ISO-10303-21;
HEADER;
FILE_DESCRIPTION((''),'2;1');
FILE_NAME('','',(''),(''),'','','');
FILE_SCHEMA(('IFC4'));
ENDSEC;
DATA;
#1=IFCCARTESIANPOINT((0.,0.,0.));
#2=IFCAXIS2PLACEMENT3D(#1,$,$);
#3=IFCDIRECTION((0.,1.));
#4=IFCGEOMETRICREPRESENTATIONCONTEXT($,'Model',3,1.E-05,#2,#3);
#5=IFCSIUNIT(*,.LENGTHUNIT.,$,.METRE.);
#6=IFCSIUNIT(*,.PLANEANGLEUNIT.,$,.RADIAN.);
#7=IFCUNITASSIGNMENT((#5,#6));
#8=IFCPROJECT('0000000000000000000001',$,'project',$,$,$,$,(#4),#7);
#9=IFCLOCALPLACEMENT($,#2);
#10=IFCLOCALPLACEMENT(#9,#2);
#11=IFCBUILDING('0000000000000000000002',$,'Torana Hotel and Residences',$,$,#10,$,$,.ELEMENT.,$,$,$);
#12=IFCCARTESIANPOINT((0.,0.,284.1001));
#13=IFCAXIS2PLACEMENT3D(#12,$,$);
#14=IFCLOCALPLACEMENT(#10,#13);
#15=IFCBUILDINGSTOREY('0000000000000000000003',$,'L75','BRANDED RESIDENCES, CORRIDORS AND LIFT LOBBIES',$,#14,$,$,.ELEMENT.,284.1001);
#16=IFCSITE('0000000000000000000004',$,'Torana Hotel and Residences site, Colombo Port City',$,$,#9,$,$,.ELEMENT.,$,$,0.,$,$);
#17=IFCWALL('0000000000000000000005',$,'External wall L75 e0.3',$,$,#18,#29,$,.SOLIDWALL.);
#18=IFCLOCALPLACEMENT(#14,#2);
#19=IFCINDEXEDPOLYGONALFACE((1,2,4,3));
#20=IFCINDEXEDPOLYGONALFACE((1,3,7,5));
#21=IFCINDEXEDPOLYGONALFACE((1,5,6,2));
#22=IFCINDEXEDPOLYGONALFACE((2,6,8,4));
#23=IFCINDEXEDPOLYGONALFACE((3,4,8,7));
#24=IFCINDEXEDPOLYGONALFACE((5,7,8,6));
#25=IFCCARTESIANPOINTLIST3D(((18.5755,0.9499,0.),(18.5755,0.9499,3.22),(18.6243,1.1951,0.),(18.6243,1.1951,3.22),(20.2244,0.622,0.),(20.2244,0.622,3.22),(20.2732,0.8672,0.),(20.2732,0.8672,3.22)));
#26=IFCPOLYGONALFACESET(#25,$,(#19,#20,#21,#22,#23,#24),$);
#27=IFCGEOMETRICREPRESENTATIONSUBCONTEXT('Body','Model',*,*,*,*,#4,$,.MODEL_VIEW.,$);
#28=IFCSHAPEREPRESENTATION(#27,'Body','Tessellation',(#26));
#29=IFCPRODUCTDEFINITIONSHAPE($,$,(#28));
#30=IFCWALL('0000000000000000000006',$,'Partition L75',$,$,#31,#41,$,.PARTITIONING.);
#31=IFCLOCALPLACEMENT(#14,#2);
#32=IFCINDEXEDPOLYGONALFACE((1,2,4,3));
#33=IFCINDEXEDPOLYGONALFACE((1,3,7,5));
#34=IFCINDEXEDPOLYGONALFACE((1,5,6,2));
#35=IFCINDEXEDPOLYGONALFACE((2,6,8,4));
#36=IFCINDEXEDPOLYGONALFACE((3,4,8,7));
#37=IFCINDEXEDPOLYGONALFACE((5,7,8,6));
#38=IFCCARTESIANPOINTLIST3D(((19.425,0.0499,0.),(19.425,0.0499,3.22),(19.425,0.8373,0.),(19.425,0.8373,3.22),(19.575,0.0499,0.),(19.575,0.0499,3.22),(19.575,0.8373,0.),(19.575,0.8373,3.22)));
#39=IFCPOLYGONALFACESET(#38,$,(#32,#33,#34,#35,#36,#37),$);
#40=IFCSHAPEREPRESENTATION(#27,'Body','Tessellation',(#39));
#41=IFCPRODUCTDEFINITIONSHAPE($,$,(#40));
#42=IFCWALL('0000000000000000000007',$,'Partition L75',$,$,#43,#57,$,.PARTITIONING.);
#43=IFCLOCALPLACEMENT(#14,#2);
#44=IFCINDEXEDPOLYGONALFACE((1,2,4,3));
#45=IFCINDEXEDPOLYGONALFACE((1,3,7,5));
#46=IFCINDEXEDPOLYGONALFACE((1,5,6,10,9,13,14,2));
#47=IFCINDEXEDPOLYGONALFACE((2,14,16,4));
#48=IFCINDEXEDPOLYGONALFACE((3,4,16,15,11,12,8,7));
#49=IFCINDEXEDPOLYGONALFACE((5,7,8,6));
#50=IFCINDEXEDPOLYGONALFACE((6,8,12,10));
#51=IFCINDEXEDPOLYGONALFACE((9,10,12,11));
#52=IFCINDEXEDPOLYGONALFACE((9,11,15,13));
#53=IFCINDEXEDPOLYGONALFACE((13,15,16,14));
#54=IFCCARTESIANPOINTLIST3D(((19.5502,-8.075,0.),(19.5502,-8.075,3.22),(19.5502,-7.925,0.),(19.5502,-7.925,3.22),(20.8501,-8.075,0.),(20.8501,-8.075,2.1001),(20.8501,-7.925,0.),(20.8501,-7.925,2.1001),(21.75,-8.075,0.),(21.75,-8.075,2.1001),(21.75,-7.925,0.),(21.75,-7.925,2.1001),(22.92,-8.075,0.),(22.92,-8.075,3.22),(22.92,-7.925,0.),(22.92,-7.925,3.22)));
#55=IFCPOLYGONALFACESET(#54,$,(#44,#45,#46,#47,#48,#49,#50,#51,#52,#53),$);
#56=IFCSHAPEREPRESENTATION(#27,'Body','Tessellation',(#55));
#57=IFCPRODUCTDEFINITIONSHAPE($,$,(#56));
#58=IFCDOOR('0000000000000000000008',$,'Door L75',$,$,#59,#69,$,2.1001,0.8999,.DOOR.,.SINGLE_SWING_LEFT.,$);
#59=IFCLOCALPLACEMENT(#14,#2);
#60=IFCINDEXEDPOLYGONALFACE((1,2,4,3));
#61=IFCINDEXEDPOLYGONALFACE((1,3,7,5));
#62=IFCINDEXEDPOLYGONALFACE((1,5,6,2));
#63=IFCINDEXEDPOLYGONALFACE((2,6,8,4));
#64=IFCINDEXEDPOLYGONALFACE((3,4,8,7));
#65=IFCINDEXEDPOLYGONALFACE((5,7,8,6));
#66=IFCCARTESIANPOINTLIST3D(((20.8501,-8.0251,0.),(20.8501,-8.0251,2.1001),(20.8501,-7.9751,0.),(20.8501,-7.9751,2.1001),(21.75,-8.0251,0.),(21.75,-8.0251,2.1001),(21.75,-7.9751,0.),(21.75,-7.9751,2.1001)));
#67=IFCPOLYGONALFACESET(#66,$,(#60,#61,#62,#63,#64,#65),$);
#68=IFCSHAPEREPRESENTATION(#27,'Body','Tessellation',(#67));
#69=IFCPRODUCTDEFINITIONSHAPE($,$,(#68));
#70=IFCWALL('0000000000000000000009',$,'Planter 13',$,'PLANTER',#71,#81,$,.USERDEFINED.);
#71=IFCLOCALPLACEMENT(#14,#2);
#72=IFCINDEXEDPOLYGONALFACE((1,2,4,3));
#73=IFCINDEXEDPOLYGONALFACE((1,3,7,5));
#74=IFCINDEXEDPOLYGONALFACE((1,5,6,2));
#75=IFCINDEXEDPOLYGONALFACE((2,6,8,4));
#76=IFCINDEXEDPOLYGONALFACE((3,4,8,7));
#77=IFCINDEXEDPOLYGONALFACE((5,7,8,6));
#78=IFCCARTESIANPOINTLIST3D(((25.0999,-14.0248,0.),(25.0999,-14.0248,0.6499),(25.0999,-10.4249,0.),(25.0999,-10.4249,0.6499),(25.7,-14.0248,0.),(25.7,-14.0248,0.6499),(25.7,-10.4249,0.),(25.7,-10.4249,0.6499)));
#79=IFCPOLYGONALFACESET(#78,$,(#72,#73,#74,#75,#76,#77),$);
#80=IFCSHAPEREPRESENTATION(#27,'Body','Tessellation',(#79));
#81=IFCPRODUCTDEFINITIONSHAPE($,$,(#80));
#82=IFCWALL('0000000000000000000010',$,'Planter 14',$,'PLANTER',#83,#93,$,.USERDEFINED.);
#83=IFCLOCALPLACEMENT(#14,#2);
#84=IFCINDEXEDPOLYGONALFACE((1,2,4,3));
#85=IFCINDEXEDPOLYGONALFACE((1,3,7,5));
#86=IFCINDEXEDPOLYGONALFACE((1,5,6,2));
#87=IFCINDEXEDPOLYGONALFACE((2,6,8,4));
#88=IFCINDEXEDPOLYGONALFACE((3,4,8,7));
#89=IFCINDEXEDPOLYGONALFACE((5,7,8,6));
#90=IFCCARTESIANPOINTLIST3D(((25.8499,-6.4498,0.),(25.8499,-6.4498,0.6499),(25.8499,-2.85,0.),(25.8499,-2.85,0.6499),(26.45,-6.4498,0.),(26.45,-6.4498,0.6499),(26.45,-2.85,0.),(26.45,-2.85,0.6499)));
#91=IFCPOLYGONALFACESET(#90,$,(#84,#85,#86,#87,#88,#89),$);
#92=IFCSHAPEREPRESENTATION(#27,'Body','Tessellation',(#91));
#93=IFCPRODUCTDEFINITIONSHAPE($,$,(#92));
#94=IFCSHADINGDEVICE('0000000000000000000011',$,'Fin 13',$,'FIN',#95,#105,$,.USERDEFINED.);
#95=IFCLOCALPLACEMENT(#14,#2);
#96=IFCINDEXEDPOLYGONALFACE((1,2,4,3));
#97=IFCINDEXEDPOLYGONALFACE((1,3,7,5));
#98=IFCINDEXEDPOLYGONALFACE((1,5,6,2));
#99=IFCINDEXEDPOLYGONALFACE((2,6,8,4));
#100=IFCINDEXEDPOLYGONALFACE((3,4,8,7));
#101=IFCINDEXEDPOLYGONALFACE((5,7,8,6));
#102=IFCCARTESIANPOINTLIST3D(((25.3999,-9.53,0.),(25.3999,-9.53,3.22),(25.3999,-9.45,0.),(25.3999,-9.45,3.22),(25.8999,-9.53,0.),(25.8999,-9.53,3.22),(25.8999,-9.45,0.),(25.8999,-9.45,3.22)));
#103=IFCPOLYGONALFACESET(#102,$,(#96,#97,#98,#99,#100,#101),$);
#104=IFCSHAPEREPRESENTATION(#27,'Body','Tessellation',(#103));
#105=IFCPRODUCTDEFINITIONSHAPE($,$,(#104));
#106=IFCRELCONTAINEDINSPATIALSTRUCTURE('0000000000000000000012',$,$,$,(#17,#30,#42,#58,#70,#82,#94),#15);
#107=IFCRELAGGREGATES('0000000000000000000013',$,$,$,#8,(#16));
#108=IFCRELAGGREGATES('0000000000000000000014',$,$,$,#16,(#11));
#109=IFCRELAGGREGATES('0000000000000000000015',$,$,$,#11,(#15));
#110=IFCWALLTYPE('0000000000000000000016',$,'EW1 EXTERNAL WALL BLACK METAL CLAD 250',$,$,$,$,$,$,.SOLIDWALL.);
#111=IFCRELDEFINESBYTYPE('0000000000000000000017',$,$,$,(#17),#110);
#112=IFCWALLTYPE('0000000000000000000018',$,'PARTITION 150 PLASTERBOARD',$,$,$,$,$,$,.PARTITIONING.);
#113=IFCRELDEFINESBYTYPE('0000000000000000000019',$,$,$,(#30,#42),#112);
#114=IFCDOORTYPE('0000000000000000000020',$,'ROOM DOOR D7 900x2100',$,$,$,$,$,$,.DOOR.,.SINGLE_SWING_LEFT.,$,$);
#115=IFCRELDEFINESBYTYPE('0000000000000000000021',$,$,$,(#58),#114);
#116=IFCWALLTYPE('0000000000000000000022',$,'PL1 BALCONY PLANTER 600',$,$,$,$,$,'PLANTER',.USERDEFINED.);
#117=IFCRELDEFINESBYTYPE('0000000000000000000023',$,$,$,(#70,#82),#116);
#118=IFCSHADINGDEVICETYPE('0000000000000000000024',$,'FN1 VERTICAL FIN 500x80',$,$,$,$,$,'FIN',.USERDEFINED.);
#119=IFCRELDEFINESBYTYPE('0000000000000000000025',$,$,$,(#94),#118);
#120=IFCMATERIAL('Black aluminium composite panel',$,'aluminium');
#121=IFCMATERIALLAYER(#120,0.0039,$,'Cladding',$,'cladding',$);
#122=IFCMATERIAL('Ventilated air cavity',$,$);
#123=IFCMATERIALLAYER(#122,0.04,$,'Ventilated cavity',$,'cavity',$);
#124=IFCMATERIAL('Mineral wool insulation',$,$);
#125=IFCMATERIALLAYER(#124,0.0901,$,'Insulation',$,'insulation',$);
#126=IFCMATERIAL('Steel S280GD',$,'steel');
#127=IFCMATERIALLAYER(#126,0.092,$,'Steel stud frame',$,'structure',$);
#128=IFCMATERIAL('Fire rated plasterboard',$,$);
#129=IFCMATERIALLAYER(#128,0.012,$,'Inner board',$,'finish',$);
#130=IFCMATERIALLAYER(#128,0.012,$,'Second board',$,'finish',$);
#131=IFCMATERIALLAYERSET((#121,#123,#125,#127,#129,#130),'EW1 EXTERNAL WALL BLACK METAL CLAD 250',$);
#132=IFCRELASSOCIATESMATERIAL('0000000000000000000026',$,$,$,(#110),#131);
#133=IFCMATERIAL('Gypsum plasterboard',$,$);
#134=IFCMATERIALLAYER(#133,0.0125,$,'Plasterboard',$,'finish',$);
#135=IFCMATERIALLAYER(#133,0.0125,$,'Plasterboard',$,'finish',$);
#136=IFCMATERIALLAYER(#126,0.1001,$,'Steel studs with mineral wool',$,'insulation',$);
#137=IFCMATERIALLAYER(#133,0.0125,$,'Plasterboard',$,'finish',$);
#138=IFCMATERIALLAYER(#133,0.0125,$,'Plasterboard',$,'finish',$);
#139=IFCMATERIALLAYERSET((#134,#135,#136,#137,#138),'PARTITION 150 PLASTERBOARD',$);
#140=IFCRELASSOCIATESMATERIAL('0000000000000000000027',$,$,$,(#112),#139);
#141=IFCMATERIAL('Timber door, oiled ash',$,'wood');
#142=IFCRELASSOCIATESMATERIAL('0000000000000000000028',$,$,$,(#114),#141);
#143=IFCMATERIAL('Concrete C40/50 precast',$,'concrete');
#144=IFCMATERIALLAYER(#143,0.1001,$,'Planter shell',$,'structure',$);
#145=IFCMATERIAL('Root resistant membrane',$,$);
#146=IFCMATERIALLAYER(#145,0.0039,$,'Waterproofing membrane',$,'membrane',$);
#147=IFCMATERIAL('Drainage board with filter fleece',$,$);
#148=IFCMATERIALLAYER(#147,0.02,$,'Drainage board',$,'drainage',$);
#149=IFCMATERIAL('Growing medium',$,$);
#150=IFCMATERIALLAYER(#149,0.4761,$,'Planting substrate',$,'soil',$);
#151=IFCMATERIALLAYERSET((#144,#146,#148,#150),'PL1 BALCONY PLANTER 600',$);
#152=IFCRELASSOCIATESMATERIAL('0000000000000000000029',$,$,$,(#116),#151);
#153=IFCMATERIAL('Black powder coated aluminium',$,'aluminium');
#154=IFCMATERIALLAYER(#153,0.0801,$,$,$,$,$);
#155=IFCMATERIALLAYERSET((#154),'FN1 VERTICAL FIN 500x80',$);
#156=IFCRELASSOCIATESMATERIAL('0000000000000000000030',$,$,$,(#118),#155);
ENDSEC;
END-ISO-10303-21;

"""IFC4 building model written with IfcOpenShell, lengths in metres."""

from ifc_helpers import new_model, si_unit, direction, frame, frame_2d, origin, origin_2d, place, context, subcontext, project, spatial, rectangle, extrude, material, layer, layer_set, type_object, element, fill, save


model = new_model("IFC4")

# Units and contexts
model_context = context("Model", 3, precision=1e-05, world=origin(), true_north=direction((0.0, 1.0)))
body_context = subcontext(model_context, "Body", "Model", "MODEL_VIEW")
ifc_project = project(units=[si_unit("LENGTHUNIT", "METRE"), si_unit("PLANEANGLEUNIT", "RADIAN")], contexts=[model_context])

# Site, building, storey
site_placement = place(None, origin())
site = spatial("IfcSite", under=ifc_project, at=site_placement, Name="Torana Hotel and Residences site, Colombo Port City", CompositionType="ELEMENT", RefElevation=0.0)
building_placement = place(site_placement, origin())
building = spatial("IfcBuilding", under=site, at=building_placement, Name="Torana Hotel and Residences", CompositionType="ELEMENT")
storey_placement = place(building_placement, frame((0.0, 0.0, 284.1001)))
storey = spatial("IfcBuildingStorey", under=building, at=storey_placement, Name="L75", Description="BRANDED RESIDENCES, CORRIDORS AND LIFT LOBBIES", CompositionType="ELEMENT", Elevation=284.1001)

# Walls
ifc_material_1 = material(Name="Black aluminium composite panel", Category="aluminium")
ifc_layer_1 = layer(ifc_material_1, 0.0039, Name="Cladding", Category="cladding")
ifc_material_2 = material(Name="Ventilated air cavity")
ifc_layer_2 = layer(ifc_material_2, 0.04, Name="Ventilated cavity", Category="cavity")
ifc_material_3 = material(Name="Mineral wool insulation")
ifc_layer_3 = layer(ifc_material_3, 0.0901, Name="Insulation", Category="insulation")
ifc_material_4 = material(Name="Steel S280GD", Category="steel")
ifc_layer_4 = layer(ifc_material_4, 0.092, Name="Steel stud frame", Category="structure")
ifc_material_5 = material(Name="Fire rated plasterboard")
ifc_layer_5 = layer(ifc_material_5, 0.012, Name="Inner board", Category="finish")
ifc_layer_6 = layer(ifc_material_5, 0.012, Name="Second board", Category="finish")
ifc_layer_set_1 = layer_set([ifc_layer_1, ifc_layer_2, ifc_layer_3, ifc_layer_4, ifc_layer_5, ifc_layer_6], Name="EW1 EXTERNAL WALL BLACK METAL CLAD 250")
wall_type_1 = type_object("IfcWallType", Name="EW1 EXTERNAL WALL BLACK METAL CLAD 250", PredefinedType="SOLIDWALL", material=ifc_layer_set_1)
wall_1_placement = place(storey_placement, frame((20.2488, 0.7446, 0.0), z_axis=(0.0, 0.0, 1.0), x_axis=(-0.980798, 0.195027, 0.0)))
element("IfcWall", 1, at=wall_1_placement, inside=storey, type_object=wall_type_1, Name="External wall L75 e0.3", PredefinedType="SOLIDWALL", context=body_context, shape_type="SweptSolid", body=[
    extrude(rectangle(XDim=1.6812, YDim=0.25, at=frame_2d((0.8406, 0.0))), origin(), (0.0, 0.0, 1.0), 3.22),
])
ifc_material_6 = material(Name="Gypsum plasterboard")
ifc_layer_7 = layer(ifc_material_6, 0.0125, Name="Plasterboard", Category="finish")
ifc_layer_8 = layer(ifc_material_6, 0.0125, Name="Plasterboard", Category="finish")
ifc_layer_9 = layer(ifc_material_4, 0.1001, Name="Steel studs with mineral wool", Category="insulation")
ifc_layer_10 = layer(ifc_material_6, 0.0125, Name="Plasterboard", Category="finish")
ifc_layer_11 = layer(ifc_material_6, 0.0125, Name="Plasterboard", Category="finish")
ifc_layer_set_2 = layer_set([ifc_layer_7, ifc_layer_8, ifc_layer_9, ifc_layer_10, ifc_layer_11], Name="PARTITION 150 PLASTERBOARD")
wall_type_2 = type_object("IfcWallType", Name="PARTITION 150 PLASTERBOARD", PredefinedType="PARTITIONING", material=ifc_layer_set_2)
wall_2_placement = place(storey_placement, frame((19.5, 0.05, 0.0), z_axis=(0.0, 0.0, 1.0), x_axis=(0.0, 1.0, 0.0)))
element("IfcWall", 2, at=wall_2_placement, inside=storey, type_object=wall_type_2, Name="Partition L75", PredefinedType="PARTITIONING", context=body_context, shape_type="SweptSolid", body=[
    extrude(rectangle(XDim=0.7874, YDim=0.1499, at=frame_2d((0.3936, 0.0))), origin(), (0.0, 0.0, 1.0), 3.22),
])

# Wall, opening, door
wall_3_placement = place(storey_placement, frame((19.55, -8.0, 0.0), z_axis=(0.0, 0.0, 1.0), x_axis=(1.0, 0.0, 0.0)))
wall_3 = element("IfcWall", 3, at=wall_3_placement, inside=storey, type_object=wall_type_2, Name="Partition L75", PredefinedType="PARTITIONING", context=body_context, shape_type="SweptSolid", body=[
    extrude(rectangle(XDim=3.3699, YDim=0.1499, at=frame_2d((1.6851, 0.0))), origin(), (0.0, 0.0, 1.0), 3.22),
])
opening_placement = place(wall_3_placement, frame((1.3, 0.0, 0.0)))
opening = element("IfcOpeningElement", 4, at=opening_placement, cuts=wall_3, PredefinedType="OPENING", context=body_context, shape_type="SweptSolid", body=[
    extrude(rectangle(XDim=0.8999, YDim=2.1001, at=frame_2d((0.45, 1.05))), frame((0.0, 0.085, 0.0), z_axis=(0.0, -1.0, 0.0), x_axis=(1.0, 0.0, 0.0)), (0.0, 0.0, 1.0), 0.1699),
])
ifc_material_7 = material(Name="Timber door, oiled ash", Category="wood")
door_type = type_object("IfcDoorType", Name="ROOM DOOR D7 900x2100", OperationType="SINGLE_SWING_LEFT", PredefinedType="DOOR", material=ifc_material_7)
door_placement = place(opening_placement, origin())
door = element("IfcDoor", 5, at=door_placement, inside=storey, type_object=door_type, Name="Door L75", OperationType="SINGLE_SWING_LEFT", OverallHeight=2.1001, OverallWidth=0.8999, PredefinedType="DOOR", context=body_context, shape_type="SweptSolid", body=[
    extrude(rectangle(XDim=0.8999, YDim=2.1001, at=frame_2d((0.45, 1.05))), frame((0.0, 0.0249, 0.0), z_axis=(0.0, -1.0, 0.0), x_axis=(1.0, 0.0, 0.0)), (0.0, 0.0, 1.0), 0.05),
])
fill(opening, door)

# Walls
ifc_material_8 = material(Name="Concrete C40/50 precast", Category="concrete")
ifc_layer_12 = layer(ifc_material_8, 0.1001, Name="Planter shell", Category="structure")
ifc_material_9 = material(Name="Root resistant membrane")
ifc_layer_13 = layer(ifc_material_9, 0.0039, Name="Waterproofing membrane", Category="membrane")
ifc_material_10 = material(Name="Drainage board with filter fleece")
ifc_layer_14 = layer(ifc_material_10, 0.02, Name="Drainage board", Category="drainage")
ifc_material_11 = material(Name="Growing medium")
ifc_layer_15 = layer(ifc_material_11, 0.4761, Name="Planting substrate", Category="soil")
ifc_layer_set_3 = layer_set([ifc_layer_12, ifc_layer_13, ifc_layer_14, ifc_layer_15], Name="PL1 BALCONY PLANTER 600")
wall_type_3 = type_object("IfcWallType", Name="PL1 BALCONY PLANTER 600", ElementType="PLANTER", PredefinedType="USERDEFINED", material=ifc_layer_set_3)
for number, where, z_axis, x_axis, name in (
    (6, (25.3999, -10.425, 0.0), (0.0, 0.0, 1.0), (0.0, -1.0, 0.0), "Planter 13"),
    (7, (26.1499, -2.8501, 0.0), (0.0, 0.0, 1.0), (0.0, -1.0, 0.0), "Planter 14"),
):
    element("IfcWall", number, at=place(storey_placement, frame(where, z_axis=z_axis, x_axis=x_axis)), inside=storey, type_object=wall_type_3, Name=name, ObjectType="PLANTER", PredefinedType="USERDEFINED", context=body_context, shape_type="SweptSolid", body=[
        extrude(rectangle(XDim=3.5999, YDim=0.6001, at=frame_2d((1.7998, 0.0))), origin(), (0.0, 0.0, 1.0), 0.6499),
    ])

# Shading device
ifc_material_12 = material(Name="Black powder coated aluminium", Category="aluminium")
ifc_layer_16 = layer(ifc_material_12, 0.0801)
ifc_layer_set_4 = layer_set([ifc_layer_16], Name="FN1 VERTICAL FIN 500x80")
shading_device_type = type_object("IfcShadingDeviceType", Name="FN1 VERTICAL FIN 500x80", ElementType="FIN", PredefinedType="USERDEFINED", material=ifc_layer_set_4)
shading_device_placement = place(storey_placement, frame((25.6499, -9.49, 0.0), z_axis=(0.0, 0.0, 1.0), x_axis=(0.0, -1.0, 0.0)))
element("IfcShadingDevice", 8, at=shading_device_placement, inside=storey, type_object=shading_device_type, Name="Fin 13", ObjectType="FIN", PredefinedType="USERDEFINED", context=body_context, shape_type="SweptSolid", body=[
    extrude(rectangle(XDim=0.0801, YDim=0.5, at=origin_2d()), origin(), (0.0, 0.0, 1.0), 3.22),
])

save(model, "model.ifc")
